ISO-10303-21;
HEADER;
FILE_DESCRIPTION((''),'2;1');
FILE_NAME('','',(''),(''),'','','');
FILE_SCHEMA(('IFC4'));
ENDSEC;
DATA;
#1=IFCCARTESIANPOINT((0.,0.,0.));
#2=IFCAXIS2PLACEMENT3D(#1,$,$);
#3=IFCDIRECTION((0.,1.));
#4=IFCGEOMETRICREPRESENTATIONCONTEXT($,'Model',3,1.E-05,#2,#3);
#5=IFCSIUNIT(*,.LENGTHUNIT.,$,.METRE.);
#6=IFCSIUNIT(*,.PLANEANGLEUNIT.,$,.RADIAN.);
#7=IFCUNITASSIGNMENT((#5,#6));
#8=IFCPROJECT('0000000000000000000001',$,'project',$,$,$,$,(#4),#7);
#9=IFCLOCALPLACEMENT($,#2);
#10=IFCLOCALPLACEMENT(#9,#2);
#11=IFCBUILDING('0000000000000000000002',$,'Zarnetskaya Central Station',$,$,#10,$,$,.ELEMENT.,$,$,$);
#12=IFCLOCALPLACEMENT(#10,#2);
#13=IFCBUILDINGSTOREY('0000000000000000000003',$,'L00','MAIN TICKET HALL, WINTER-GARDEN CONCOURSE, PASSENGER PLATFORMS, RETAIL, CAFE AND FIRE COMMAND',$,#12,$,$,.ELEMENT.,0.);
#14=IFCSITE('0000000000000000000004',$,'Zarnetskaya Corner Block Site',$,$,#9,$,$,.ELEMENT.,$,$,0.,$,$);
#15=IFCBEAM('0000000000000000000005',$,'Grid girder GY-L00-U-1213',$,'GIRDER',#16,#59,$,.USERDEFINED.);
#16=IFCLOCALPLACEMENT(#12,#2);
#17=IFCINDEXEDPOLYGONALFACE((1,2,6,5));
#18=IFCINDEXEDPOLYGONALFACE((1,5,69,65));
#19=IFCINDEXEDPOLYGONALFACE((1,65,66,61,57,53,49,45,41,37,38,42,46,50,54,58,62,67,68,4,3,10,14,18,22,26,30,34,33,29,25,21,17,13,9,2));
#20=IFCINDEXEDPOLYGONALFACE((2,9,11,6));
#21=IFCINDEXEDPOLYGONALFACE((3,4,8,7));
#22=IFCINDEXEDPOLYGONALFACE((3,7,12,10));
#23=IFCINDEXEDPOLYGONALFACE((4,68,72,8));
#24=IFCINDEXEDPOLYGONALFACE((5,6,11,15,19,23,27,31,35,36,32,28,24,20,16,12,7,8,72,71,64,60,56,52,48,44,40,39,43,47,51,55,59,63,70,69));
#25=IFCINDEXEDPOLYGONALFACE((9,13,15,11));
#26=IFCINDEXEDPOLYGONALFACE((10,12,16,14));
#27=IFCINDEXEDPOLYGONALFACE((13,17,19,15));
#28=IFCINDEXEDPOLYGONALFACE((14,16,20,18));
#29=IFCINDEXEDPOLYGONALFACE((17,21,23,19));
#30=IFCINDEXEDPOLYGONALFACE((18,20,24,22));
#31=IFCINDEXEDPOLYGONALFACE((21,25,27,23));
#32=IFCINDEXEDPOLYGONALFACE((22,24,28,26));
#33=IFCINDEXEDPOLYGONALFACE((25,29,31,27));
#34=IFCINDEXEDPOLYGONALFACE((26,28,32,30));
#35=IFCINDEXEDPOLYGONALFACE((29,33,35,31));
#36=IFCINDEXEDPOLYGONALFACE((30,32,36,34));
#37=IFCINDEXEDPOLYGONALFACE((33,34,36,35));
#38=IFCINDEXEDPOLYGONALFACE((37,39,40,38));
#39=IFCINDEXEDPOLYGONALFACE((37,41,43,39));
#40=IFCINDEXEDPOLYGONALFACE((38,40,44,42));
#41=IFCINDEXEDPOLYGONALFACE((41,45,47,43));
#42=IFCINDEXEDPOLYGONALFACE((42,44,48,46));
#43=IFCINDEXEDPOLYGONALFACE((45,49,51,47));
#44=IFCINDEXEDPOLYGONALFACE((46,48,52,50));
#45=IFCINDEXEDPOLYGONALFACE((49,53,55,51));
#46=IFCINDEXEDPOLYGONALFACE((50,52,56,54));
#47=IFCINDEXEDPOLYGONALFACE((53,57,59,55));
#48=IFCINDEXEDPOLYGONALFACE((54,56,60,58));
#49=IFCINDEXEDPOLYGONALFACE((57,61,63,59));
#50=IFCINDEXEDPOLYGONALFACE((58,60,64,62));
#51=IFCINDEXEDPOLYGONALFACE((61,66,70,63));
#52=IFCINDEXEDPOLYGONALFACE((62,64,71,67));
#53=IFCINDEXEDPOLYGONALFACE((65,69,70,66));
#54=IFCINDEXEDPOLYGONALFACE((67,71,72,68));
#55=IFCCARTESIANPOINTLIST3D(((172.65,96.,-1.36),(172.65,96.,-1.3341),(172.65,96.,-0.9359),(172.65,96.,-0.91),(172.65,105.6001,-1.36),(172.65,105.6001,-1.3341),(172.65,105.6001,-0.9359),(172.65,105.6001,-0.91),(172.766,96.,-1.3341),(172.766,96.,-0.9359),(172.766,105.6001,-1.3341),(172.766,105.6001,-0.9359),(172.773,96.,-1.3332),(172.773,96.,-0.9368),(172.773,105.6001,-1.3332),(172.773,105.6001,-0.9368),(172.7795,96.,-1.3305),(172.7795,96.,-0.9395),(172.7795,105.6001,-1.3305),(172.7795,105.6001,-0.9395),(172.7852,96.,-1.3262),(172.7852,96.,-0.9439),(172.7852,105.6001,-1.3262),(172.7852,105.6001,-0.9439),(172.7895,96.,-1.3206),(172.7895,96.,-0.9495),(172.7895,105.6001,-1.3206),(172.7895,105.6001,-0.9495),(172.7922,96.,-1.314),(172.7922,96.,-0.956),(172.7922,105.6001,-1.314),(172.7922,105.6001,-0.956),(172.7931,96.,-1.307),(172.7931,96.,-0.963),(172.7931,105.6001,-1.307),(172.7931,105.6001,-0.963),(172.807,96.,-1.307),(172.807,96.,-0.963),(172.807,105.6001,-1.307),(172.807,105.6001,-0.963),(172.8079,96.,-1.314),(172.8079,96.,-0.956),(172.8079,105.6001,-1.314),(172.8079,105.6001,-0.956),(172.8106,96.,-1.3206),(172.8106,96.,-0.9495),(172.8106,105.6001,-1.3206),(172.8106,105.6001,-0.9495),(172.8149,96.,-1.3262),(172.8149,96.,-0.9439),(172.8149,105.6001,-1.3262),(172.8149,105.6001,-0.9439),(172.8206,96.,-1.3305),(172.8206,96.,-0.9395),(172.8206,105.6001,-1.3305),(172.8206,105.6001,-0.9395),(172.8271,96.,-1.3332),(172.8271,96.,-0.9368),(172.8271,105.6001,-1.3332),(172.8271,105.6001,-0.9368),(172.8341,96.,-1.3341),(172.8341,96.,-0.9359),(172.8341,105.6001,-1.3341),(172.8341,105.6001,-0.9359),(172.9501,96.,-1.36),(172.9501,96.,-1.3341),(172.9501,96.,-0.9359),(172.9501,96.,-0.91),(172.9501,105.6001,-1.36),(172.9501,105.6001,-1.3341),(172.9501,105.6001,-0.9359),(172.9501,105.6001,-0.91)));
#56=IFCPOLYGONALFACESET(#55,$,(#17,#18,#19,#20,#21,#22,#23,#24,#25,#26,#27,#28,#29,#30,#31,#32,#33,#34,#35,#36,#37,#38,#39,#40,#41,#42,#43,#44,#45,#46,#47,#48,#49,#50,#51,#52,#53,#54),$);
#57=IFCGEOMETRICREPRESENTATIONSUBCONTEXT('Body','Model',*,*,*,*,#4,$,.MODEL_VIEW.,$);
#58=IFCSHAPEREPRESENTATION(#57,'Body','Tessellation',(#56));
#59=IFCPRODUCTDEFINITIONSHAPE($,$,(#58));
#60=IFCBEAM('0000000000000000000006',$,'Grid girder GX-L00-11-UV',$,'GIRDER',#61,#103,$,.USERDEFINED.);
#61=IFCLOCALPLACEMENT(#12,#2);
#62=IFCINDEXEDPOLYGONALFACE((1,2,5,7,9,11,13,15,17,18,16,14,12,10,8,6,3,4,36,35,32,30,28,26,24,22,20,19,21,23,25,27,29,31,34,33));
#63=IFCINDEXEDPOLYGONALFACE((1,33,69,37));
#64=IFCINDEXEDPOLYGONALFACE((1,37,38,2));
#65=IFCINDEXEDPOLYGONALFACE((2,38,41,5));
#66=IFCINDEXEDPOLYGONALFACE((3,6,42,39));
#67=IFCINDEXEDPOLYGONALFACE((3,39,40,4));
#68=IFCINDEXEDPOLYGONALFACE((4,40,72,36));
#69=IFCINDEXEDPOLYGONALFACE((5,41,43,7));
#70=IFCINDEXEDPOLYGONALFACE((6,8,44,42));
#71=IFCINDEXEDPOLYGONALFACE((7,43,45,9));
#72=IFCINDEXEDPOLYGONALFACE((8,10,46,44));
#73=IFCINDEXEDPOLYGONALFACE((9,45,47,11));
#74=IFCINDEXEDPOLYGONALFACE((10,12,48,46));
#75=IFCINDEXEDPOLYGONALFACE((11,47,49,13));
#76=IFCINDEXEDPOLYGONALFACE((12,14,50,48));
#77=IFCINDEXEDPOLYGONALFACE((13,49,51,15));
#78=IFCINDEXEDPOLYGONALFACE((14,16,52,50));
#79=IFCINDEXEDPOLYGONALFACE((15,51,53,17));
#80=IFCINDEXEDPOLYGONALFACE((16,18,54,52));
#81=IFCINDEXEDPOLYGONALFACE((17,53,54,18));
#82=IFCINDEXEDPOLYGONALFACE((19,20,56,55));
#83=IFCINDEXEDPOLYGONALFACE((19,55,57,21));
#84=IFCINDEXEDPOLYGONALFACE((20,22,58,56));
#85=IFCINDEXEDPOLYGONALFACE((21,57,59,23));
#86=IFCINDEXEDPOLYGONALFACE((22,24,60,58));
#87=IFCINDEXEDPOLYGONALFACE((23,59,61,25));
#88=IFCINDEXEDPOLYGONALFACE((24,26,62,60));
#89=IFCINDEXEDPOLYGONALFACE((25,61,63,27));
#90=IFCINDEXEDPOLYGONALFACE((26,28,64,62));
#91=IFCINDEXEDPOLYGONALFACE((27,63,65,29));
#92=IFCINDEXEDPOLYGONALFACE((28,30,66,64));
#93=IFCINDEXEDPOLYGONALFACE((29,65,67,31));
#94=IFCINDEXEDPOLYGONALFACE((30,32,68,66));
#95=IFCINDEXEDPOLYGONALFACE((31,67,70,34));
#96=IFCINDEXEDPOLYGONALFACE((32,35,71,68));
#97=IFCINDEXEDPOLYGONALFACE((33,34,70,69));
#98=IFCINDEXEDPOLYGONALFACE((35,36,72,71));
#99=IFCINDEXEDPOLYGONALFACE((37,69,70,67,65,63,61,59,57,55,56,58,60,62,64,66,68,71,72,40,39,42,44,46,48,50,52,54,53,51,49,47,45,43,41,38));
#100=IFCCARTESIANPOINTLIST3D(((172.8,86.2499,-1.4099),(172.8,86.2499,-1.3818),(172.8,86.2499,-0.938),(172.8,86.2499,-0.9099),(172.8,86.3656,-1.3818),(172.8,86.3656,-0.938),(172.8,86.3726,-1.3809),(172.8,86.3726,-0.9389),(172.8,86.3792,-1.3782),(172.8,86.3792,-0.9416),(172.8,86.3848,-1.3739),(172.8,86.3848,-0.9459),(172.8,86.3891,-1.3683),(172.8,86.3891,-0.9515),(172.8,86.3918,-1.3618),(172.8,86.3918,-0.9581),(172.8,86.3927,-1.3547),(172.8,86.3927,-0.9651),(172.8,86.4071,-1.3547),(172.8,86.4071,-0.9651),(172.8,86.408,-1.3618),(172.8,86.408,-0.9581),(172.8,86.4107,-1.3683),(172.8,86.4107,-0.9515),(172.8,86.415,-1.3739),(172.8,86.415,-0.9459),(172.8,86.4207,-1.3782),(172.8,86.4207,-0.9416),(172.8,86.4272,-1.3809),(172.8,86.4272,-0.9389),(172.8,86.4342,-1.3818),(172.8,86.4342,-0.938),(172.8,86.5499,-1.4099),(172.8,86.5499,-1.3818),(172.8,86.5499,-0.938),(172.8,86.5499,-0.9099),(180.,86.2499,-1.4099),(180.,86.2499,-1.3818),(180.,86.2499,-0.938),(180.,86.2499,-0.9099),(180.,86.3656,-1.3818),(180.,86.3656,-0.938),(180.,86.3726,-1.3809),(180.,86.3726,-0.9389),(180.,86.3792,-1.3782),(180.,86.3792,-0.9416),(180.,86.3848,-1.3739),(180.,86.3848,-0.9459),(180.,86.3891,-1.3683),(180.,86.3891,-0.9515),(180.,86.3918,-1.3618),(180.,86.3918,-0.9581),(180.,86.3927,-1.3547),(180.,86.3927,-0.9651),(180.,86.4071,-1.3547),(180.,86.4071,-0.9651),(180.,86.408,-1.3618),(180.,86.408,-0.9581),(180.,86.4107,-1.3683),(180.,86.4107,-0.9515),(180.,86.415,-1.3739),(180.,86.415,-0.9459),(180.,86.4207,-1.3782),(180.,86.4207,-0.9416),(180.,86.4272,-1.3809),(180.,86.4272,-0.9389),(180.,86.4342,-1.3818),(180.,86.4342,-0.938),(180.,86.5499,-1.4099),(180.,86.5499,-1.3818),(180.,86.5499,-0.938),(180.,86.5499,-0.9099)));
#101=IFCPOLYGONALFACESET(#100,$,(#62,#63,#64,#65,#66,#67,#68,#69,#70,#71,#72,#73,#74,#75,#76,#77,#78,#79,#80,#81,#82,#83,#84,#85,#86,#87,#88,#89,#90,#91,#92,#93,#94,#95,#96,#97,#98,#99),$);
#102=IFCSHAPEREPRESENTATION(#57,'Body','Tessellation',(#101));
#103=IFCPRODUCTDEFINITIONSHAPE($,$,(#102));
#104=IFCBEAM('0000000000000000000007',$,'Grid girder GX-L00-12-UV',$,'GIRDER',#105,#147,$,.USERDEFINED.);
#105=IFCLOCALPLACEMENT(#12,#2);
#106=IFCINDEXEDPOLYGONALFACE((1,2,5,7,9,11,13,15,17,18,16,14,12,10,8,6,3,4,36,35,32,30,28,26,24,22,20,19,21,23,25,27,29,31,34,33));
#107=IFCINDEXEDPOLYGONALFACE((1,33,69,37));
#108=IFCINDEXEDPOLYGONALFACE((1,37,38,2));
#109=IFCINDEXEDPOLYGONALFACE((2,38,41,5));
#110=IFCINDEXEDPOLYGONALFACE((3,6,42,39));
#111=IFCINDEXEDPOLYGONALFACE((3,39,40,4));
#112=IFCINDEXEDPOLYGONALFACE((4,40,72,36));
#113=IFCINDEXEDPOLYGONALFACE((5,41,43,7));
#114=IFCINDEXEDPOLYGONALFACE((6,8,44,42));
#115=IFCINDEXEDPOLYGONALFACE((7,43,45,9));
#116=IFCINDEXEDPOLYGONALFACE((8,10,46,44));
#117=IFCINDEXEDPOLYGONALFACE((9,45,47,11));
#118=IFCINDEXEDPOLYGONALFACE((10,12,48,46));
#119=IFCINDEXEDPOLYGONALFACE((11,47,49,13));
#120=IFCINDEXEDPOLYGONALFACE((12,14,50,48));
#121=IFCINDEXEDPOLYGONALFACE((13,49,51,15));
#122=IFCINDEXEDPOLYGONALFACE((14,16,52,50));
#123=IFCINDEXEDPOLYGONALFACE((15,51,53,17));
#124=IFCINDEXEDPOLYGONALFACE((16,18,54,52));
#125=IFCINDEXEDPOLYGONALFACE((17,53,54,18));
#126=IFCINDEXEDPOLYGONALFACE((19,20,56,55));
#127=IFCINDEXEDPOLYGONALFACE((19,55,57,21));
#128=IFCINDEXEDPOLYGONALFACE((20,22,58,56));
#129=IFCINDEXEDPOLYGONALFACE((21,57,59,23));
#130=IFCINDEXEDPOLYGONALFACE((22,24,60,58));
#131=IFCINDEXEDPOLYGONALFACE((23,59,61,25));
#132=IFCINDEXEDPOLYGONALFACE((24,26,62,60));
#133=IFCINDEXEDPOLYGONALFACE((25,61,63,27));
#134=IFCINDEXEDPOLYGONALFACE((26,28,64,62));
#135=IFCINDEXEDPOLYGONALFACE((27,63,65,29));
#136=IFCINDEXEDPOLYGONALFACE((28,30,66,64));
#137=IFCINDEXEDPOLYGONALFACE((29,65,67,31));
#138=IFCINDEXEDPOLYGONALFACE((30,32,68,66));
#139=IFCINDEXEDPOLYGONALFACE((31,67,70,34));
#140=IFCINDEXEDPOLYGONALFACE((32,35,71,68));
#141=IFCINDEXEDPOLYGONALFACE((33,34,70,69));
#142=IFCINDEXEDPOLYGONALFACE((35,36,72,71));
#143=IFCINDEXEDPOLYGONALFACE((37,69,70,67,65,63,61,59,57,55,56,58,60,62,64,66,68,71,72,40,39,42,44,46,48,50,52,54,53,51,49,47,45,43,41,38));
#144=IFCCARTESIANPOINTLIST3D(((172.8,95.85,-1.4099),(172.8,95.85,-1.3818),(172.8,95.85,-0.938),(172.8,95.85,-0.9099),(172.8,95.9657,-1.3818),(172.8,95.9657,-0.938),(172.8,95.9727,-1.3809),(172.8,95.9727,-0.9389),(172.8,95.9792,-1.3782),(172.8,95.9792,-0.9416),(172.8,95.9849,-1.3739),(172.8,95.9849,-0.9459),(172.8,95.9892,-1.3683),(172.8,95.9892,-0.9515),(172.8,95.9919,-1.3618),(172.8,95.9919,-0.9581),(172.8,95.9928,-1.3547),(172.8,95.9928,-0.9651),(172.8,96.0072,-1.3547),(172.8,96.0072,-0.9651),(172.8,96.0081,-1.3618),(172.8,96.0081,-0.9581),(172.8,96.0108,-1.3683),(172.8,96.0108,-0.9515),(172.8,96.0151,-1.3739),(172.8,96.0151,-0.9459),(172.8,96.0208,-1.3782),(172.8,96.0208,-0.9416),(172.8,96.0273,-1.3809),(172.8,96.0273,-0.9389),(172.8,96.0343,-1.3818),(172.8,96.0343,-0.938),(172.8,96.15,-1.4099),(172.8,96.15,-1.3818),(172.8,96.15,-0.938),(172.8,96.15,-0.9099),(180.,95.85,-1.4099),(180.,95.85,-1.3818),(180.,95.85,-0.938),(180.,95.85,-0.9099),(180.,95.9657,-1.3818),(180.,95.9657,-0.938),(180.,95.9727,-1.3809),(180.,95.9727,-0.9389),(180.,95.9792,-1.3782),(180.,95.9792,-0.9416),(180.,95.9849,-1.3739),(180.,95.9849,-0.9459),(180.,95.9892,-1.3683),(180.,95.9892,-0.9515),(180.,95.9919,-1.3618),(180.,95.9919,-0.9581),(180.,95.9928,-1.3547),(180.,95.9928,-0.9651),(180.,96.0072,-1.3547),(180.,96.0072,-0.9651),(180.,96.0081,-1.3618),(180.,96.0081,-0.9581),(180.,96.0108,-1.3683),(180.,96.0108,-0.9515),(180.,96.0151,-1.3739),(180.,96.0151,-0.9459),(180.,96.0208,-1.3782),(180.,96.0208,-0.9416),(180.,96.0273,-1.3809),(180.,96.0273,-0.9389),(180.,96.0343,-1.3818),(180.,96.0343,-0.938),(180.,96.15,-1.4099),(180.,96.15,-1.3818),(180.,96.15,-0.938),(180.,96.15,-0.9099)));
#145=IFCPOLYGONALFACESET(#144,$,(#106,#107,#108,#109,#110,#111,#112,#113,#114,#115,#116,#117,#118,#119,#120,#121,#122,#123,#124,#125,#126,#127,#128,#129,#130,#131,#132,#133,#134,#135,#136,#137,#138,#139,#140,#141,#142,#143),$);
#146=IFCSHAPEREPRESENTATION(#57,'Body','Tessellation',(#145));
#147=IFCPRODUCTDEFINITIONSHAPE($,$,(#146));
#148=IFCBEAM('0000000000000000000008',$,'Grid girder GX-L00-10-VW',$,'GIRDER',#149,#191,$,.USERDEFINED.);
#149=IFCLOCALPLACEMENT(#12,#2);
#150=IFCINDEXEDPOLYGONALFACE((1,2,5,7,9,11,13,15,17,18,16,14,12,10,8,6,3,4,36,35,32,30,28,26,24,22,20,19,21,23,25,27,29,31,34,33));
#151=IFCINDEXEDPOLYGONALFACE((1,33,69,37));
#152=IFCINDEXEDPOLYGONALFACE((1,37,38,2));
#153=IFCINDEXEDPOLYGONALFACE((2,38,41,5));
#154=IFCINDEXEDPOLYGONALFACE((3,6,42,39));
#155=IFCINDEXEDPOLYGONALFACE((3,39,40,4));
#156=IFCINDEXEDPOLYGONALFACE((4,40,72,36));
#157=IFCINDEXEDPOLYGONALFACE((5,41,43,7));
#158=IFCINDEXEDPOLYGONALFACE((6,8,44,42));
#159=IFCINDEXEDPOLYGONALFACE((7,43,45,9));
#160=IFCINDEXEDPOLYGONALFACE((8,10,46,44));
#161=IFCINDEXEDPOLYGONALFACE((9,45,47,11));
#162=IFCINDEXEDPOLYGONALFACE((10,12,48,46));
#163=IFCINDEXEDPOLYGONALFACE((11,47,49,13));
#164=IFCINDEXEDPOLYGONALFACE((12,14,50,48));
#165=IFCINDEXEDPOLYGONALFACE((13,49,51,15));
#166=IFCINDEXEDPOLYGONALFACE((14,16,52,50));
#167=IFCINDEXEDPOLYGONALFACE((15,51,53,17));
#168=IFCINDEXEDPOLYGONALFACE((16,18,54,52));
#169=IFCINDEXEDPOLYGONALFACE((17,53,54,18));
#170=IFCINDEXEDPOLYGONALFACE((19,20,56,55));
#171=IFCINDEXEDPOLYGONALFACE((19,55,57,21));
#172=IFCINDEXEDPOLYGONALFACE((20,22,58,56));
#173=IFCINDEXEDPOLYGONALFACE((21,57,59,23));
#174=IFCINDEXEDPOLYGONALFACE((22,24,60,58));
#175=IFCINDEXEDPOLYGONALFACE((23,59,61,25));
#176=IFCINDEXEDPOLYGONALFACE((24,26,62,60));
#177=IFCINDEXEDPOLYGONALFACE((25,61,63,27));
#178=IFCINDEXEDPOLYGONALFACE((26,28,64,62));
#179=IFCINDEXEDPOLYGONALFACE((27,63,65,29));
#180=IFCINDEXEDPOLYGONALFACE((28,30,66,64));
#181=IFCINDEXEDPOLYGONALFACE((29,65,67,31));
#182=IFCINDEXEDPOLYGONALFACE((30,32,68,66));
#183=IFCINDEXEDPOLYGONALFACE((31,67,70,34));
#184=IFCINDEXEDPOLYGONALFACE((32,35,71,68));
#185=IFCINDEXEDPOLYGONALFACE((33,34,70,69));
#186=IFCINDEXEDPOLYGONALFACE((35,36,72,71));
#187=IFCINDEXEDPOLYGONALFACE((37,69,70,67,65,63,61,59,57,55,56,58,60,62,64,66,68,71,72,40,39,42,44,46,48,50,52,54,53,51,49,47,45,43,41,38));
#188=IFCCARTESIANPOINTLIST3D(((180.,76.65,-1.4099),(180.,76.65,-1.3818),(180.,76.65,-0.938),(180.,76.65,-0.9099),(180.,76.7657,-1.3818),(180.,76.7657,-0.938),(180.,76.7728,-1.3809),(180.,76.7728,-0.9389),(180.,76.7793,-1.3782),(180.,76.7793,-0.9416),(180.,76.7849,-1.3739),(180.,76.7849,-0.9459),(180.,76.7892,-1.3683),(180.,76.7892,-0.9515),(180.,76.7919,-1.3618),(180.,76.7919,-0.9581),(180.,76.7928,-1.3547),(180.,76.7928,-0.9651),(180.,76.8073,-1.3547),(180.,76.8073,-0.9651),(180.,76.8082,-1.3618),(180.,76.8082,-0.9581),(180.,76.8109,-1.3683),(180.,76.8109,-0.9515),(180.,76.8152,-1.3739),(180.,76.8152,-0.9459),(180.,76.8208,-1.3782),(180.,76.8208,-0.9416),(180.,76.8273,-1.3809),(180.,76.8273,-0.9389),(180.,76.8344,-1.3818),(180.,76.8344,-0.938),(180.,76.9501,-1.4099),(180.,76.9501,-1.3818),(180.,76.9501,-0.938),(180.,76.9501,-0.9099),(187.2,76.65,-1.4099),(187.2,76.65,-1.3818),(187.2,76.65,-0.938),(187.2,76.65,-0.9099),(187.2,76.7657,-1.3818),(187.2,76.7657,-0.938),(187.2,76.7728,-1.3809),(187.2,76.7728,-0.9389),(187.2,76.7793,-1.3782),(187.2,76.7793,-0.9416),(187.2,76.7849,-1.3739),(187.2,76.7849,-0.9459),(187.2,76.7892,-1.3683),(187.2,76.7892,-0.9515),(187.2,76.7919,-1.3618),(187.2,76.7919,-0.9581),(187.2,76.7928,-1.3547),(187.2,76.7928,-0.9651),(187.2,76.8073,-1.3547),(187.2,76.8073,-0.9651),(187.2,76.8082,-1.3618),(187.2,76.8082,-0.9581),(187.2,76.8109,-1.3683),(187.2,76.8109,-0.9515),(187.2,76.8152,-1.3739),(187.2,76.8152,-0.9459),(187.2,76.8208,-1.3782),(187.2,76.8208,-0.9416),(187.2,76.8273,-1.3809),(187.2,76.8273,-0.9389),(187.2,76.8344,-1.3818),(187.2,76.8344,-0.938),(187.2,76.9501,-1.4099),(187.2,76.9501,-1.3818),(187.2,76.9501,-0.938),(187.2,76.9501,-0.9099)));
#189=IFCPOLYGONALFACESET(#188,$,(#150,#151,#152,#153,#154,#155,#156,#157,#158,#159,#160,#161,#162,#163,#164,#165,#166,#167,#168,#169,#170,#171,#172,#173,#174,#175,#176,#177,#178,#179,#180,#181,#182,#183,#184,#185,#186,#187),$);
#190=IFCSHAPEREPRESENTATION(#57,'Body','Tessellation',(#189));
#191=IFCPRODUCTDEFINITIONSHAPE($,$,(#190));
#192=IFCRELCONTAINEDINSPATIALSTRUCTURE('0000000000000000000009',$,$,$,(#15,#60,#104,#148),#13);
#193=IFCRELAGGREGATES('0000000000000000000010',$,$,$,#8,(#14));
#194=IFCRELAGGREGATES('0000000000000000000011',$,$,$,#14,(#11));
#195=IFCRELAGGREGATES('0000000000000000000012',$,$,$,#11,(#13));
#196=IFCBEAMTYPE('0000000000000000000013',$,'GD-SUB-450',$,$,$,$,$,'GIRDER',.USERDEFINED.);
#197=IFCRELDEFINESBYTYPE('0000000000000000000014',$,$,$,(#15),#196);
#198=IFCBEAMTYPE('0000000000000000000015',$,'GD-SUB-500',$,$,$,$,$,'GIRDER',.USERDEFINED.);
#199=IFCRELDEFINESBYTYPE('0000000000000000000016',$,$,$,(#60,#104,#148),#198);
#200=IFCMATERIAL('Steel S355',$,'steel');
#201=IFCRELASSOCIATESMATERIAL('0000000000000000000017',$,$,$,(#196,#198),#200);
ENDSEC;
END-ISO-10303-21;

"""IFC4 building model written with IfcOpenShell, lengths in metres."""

from ifc_helpers import new_model, si_unit, direction, frame, origin, origin_2d, place, context, subcontext, project, spatial, i_section, extrude, material, material_profile, profile_set, type_object, element, save


model = new_model("IFC4")

# Units and contexts
model_context = context("Model", 3, precision=1e-05, world=origin(), true_north=direction((0.0, 1.0)))
body_context = subcontext(model_context, "Body", "Model", "MODEL_VIEW")
ifc_project = project(units=[si_unit("LENGTHUNIT", "METRE"), si_unit("PLANEANGLEUNIT", "RADIAN")], contexts=[model_context])

# Site, building, storey
site_placement = place(None, origin())
site = spatial("IfcSite", under=ifc_project, at=site_placement, Name="Zarnetskaya Corner Block Site", CompositionType="ELEMENT", RefElevation=0.0)
building_placement = place(site_placement, origin())
building = spatial("IfcBuilding", under=site, at=building_placement, Name="Zarnetskaya Central Station", CompositionType="ELEMENT")
storey_placement = place(building_placement, origin())
storey = spatial("IfcBuildingStorey", under=building, at=storey_placement, Name="L00", Description="MAIN TICKET HALL, WINTER-GARDEN CONCOURSE, PASSENGER PLATFORMS, RETAIL, CAFE AND FIRE COMMAND", CompositionType="ELEMENT", Elevation=0.0)

# Shared definitions
ifc_material = material(Name="Steel S355", Category="steel")

# Beams
ifc_material_profile_1 = material_profile(ifc_material, i_section(OverallWidth=0.3, OverallDepth=0.45, WebThickness=0.0139, FlangeThickness=0.0259, FilletRadius=0.0271, at=origin_2d()), Name="HEB 450")
ifc_profile_set_1 = profile_set([ifc_material_profile_1], Name="Steel S355")
beam_type_1 = type_object("IfcBeamType", Name="GD-SUB-450", ElementType="GIRDER", PredefinedType="USERDEFINED", material=ifc_profile_set_1)
for number, where, z_axis, x_axis, name in (
    (1, (172.8, 96.0, -1.135), (0.0, 1.0, 0.0), (-1.0, 0.0, 0.0), "Grid girder GY-L00-U-1213"),
):
    element("IfcBeam", number, at=place(storey_placement, frame(where, z_axis=z_axis, x_axis=x_axis)), inside=storey, type_object=beam_type_1, Name=name, ObjectType="GIRDER", PredefinedType="USERDEFINED", context=body_context, shape_type="SweptSolid", body=[
        extrude(i_section(OverallWidth=0.3, OverallDepth=0.45, WebThickness=0.0139, FlangeThickness=0.0259, FilletRadius=0.0271, at=origin_2d()), origin(), (0.0, 0.0, 1.0), 9.6001),
    ])
ifc_material_profile_2 = material_profile(ifc_material, i_section(OverallWidth=0.3, OverallDepth=0.5, WebThickness=0.0144, FlangeThickness=0.0281, FilletRadius=0.0271, at=origin_2d()), Name="HEB 500")
ifc_profile_set_2 = profile_set([ifc_material_profile_2], Name="Steel S355")
beam_type_2 = type_object("IfcBeamType", Name="GD-SUB-500", ElementType="GIRDER", PredefinedType="USERDEFINED", material=ifc_profile_set_2)
for number, where, z_axis, x_axis, name in (
    (2, (172.8, 86.3999, -1.1599), (1.0, 0.0, 0.0), (0.0, 1.0, 0.0), "Grid girder GX-L00-11-UV"),
    (3, (172.8, 96.0, -1.1599), (1.0, 0.0, 0.0), (0.0, 1.0, 0.0), "Grid girder GX-L00-12-UV"),
    (4, (180.0, 76.8, -1.1599), (1.0, 0.0, 0.0), (0.0, 1.0, 0.0), "Grid girder GX-L00-10-VW"),
):
    element("IfcBeam", number, at=place(storey_placement, frame(where, z_axis=z_axis, x_axis=x_axis)), inside=storey, type_object=beam_type_2, Name=name, ObjectType="GIRDER", PredefinedType="USERDEFINED", context=body_context, shape_type="SweptSolid", body=[
        extrude(i_section(OverallWidth=0.3, OverallDepth=0.5, WebThickness=0.0144, FlangeThickness=0.0281, FilletRadius=0.0271, at=origin_2d()), origin(), (0.0, 0.0, 1.0), 7.2),
    ])

save(model, "model.ifc")
